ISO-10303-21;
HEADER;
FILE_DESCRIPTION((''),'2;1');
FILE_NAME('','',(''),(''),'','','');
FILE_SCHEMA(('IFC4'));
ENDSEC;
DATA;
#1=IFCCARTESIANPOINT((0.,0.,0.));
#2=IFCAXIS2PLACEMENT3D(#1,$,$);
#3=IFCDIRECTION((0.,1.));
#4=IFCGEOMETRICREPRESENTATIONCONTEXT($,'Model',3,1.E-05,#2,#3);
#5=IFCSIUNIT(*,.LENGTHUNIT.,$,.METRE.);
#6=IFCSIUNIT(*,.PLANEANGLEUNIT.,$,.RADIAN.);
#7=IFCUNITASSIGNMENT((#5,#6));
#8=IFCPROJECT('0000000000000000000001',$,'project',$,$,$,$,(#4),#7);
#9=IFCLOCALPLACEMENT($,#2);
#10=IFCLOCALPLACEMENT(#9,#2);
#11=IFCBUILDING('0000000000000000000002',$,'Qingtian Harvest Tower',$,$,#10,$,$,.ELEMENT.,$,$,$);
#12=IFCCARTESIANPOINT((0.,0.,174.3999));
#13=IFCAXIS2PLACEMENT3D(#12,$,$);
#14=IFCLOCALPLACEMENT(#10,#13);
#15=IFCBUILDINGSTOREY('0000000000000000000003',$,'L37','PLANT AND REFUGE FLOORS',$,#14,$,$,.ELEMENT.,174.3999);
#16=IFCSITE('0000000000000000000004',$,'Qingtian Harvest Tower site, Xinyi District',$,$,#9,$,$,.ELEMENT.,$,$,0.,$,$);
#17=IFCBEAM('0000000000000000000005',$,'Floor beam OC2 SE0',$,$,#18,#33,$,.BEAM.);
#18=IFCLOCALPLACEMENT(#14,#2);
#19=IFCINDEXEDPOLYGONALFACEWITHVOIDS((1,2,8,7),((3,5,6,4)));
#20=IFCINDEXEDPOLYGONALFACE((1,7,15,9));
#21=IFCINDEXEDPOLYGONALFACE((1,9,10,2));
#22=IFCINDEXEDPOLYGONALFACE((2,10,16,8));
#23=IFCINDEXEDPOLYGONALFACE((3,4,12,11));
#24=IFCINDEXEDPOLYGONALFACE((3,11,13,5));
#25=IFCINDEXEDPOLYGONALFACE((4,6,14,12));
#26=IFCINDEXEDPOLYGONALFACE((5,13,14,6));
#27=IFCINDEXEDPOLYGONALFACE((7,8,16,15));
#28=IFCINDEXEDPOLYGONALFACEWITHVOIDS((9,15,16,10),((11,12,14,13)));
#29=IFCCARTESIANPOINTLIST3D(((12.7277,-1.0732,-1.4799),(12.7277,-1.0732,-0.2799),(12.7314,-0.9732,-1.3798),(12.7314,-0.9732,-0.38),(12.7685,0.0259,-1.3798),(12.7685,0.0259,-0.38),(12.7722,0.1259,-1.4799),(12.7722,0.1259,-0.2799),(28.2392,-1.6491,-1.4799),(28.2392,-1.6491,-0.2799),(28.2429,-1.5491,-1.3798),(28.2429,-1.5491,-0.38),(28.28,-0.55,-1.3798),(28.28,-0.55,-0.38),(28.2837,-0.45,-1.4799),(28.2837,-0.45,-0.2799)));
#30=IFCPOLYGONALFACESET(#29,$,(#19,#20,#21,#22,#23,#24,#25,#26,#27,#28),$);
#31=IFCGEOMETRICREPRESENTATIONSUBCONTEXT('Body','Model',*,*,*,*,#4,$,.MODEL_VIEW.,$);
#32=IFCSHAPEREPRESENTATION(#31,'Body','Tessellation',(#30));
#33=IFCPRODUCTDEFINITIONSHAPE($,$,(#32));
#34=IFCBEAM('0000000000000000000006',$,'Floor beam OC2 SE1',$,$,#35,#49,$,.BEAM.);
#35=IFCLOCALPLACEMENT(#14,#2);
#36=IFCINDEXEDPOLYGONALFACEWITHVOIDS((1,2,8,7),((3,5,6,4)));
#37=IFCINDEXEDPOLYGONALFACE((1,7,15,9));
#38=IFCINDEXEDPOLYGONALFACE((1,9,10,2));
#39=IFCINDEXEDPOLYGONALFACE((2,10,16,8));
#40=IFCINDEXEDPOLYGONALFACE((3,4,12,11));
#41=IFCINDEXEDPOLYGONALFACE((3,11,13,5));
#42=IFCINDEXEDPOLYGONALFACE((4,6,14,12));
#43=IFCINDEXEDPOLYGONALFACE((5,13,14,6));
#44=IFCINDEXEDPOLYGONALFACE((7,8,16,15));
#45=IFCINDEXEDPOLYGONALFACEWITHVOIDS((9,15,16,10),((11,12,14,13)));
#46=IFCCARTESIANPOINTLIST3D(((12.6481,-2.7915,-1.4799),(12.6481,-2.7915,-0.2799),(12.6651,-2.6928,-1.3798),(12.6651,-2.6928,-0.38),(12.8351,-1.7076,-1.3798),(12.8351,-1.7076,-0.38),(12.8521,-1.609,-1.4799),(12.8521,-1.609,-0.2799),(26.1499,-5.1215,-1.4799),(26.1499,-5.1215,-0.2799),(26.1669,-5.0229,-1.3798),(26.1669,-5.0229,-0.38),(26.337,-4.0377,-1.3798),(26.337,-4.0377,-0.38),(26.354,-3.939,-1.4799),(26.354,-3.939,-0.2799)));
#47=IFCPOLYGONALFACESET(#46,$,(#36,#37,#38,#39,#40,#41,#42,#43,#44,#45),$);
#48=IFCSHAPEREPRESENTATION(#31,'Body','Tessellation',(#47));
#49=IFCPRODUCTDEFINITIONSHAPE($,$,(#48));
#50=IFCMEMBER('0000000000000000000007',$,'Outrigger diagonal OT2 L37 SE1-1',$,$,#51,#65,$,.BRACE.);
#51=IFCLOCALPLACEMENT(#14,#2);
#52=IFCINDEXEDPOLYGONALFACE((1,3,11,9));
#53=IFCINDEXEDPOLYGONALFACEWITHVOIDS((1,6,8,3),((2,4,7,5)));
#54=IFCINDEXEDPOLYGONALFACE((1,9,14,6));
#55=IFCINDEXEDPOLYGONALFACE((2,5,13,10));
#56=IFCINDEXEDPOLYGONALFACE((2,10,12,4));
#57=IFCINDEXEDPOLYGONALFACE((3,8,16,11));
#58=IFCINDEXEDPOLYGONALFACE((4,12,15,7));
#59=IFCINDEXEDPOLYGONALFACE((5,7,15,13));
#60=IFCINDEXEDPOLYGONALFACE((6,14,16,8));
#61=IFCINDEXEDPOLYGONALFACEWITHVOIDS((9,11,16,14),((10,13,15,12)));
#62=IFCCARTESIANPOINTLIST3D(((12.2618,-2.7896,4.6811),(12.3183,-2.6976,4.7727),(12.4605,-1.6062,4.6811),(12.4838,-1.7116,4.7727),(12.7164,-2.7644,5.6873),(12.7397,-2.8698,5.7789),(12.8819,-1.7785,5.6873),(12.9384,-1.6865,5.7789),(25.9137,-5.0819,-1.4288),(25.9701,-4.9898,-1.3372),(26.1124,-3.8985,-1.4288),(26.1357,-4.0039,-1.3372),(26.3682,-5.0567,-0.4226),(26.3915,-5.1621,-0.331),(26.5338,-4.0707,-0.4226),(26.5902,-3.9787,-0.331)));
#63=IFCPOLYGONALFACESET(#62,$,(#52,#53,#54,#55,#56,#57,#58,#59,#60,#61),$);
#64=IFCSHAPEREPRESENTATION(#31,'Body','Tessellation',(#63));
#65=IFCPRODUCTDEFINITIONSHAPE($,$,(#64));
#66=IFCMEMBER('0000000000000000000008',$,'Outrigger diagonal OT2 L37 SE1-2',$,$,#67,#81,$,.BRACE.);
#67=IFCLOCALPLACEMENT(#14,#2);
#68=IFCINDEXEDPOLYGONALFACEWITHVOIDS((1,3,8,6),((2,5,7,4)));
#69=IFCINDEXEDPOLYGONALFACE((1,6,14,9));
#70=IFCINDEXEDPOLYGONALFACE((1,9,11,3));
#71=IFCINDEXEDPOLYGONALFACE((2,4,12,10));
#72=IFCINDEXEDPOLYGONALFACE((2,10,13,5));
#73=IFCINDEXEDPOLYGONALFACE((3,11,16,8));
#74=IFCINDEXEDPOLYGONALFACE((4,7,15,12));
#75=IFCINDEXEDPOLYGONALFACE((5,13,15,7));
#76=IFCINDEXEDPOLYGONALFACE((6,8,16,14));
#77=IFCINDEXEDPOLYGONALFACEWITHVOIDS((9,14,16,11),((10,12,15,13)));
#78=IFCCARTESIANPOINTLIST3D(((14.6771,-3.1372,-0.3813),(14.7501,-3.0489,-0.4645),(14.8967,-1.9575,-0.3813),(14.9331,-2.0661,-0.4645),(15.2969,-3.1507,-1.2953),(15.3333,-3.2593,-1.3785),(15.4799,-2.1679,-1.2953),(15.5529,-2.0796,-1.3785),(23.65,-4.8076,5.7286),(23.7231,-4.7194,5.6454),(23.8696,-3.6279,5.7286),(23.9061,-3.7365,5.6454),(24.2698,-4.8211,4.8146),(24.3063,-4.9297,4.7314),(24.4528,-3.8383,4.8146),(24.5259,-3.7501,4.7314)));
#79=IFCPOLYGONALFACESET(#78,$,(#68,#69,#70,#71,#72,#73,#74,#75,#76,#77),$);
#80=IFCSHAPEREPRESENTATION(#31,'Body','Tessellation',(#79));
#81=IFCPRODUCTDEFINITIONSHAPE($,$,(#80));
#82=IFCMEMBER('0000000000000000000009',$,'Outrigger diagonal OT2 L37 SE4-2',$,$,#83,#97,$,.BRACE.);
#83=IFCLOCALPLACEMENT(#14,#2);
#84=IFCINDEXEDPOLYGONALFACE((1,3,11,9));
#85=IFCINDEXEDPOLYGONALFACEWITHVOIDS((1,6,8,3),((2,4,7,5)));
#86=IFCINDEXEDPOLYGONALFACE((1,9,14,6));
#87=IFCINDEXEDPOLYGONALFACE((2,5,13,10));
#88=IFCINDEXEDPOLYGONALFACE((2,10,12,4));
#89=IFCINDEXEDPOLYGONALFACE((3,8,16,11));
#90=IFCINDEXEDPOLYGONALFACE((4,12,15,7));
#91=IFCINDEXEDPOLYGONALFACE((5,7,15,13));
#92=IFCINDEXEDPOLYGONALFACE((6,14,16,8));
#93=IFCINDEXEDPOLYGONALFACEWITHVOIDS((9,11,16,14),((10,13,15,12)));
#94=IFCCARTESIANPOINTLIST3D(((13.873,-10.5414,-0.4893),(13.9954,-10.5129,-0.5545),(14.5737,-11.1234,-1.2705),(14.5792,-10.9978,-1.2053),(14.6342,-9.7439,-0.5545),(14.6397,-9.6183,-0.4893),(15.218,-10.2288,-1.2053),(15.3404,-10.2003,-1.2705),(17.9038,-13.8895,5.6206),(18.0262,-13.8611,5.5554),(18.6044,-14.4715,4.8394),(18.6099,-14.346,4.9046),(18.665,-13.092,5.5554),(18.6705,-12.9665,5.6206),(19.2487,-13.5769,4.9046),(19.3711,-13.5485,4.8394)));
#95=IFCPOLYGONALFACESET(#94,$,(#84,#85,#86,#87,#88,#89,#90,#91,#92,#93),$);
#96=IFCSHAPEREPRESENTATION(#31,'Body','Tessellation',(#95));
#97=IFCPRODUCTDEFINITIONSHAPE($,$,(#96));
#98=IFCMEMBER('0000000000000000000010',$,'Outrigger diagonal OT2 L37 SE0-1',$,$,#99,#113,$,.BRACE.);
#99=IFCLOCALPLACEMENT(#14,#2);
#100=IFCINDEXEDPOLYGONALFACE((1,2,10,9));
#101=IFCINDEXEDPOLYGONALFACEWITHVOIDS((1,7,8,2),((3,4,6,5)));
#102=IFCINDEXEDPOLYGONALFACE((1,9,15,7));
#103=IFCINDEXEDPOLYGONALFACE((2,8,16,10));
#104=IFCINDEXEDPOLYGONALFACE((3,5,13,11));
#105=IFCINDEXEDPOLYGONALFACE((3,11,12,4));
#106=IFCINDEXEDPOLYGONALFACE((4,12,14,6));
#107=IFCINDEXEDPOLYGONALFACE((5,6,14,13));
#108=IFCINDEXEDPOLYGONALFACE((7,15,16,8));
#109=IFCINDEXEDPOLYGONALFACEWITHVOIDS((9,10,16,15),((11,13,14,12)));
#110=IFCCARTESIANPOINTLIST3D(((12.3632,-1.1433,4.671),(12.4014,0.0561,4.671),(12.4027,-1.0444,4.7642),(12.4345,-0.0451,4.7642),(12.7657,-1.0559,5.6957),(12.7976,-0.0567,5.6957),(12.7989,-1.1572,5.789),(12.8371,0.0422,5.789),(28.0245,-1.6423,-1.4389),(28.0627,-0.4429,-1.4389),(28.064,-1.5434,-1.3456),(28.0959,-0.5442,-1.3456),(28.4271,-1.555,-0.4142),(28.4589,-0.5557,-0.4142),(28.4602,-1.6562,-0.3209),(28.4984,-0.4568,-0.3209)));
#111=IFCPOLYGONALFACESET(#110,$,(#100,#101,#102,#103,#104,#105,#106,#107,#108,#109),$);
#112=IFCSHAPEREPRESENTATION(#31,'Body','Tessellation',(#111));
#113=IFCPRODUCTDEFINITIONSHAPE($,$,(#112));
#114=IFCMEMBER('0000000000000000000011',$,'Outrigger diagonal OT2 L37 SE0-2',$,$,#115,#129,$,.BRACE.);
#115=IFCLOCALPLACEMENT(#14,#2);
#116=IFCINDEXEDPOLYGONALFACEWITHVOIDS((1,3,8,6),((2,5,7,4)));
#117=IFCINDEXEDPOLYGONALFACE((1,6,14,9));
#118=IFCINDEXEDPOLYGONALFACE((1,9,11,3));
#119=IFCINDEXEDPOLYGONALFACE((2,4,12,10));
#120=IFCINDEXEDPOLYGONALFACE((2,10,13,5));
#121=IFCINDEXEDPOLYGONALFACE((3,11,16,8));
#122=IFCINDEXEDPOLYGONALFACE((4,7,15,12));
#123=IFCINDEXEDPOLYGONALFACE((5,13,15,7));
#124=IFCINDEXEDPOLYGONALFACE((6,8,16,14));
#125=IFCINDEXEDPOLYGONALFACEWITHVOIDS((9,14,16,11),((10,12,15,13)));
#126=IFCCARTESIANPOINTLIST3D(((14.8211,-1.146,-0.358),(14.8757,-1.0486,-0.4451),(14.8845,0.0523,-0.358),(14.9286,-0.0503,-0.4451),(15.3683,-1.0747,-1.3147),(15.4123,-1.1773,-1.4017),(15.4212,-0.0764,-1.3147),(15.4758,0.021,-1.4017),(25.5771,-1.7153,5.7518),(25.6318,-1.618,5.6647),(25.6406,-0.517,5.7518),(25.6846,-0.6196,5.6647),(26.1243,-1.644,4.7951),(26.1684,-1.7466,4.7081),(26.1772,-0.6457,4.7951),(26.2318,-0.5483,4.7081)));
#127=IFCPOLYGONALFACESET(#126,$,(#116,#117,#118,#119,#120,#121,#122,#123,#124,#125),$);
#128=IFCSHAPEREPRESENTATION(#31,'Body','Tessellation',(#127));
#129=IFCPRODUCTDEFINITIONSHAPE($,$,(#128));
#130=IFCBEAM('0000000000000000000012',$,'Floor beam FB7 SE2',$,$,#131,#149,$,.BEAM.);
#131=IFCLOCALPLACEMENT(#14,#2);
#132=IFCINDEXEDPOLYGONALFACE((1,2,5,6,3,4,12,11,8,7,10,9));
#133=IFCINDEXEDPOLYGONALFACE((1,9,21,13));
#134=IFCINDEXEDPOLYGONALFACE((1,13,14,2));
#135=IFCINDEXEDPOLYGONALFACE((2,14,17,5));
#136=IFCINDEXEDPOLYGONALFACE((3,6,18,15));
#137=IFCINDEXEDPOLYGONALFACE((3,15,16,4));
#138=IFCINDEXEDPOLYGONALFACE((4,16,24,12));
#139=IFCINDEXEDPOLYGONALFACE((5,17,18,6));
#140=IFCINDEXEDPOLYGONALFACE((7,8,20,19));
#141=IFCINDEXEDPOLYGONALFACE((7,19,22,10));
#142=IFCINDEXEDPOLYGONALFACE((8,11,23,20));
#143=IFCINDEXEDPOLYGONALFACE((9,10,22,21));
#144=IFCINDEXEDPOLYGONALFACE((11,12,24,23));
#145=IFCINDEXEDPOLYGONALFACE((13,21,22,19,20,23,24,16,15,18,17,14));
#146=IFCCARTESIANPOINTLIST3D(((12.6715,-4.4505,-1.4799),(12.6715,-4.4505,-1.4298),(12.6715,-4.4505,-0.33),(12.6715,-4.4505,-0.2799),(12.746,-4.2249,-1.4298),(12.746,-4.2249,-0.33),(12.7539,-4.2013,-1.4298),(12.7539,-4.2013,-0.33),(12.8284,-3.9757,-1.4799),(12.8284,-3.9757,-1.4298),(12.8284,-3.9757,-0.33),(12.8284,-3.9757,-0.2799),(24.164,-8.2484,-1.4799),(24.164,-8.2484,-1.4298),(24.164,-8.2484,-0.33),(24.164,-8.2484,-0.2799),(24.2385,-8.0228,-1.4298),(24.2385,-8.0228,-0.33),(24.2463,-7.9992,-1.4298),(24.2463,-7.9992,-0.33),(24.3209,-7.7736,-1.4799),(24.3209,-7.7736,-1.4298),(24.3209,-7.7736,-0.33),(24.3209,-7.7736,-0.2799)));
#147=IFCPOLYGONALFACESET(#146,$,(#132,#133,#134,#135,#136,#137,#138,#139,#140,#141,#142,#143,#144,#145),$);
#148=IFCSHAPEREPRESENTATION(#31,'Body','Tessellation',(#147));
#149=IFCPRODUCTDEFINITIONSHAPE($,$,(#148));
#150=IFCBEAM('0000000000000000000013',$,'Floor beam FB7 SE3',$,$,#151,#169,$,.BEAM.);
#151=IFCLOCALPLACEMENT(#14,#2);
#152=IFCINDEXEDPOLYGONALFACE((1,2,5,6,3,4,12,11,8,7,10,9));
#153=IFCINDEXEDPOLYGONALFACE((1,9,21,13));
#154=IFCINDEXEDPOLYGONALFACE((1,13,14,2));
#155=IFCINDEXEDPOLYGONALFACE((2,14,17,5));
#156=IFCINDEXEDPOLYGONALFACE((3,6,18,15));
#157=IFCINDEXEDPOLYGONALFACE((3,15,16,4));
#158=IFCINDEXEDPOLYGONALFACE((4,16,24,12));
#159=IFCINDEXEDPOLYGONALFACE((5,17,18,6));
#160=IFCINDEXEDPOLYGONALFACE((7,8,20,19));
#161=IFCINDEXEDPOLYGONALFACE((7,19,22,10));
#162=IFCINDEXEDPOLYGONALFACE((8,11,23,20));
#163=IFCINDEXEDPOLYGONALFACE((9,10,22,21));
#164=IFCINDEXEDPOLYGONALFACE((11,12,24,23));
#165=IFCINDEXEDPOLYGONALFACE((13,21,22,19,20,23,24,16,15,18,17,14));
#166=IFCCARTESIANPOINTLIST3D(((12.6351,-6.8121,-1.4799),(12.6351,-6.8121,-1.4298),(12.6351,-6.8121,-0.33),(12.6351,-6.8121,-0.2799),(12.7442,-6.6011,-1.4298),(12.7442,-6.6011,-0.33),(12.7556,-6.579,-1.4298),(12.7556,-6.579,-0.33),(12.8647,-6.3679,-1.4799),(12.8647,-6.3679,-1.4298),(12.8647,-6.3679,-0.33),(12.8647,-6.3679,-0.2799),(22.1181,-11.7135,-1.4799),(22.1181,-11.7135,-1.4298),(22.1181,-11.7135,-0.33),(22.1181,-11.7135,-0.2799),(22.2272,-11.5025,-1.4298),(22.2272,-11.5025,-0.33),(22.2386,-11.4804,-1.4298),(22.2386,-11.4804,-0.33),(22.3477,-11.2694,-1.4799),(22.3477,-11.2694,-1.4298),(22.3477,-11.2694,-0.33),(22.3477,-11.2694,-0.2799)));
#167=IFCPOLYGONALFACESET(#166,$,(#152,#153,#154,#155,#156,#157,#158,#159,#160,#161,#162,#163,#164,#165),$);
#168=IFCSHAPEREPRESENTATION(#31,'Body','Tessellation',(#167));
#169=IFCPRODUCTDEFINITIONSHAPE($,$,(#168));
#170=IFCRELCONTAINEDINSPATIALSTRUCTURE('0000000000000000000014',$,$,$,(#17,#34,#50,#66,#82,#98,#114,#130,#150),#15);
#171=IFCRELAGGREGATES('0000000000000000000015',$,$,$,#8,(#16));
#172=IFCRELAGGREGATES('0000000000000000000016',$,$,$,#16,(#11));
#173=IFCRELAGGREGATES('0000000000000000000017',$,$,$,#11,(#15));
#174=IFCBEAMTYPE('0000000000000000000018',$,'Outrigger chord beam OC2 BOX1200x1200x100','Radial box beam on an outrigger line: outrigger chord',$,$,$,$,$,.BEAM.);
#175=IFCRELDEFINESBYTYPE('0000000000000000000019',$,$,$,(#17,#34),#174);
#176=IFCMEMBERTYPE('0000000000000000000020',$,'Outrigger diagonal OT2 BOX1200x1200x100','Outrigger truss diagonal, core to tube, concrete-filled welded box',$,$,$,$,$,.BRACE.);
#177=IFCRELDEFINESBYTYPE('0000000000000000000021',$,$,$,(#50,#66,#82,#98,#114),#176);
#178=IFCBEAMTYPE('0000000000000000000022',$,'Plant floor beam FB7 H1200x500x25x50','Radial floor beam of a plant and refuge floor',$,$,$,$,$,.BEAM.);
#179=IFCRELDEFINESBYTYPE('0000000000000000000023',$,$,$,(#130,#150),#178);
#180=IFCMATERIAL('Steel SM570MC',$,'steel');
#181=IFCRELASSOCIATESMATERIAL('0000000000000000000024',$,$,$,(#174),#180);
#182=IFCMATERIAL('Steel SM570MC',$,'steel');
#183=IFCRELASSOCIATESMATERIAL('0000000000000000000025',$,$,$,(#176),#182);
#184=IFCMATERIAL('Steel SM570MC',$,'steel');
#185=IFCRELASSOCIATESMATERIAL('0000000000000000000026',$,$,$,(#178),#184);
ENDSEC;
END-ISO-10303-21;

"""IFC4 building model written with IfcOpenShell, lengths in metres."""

from ifc_helpers import new_model, si_unit, direction, frame, origin, origin_2d, place, context, subcontext, project, spatial, hollow_rectangle, i_section, extrude, material, material_profile, profile_set, type_object, element, save


model = new_model("IFC4")

# Units and contexts
model_context = context("Model", 3, precision=1e-05, world=origin(), true_north=direction((0.0, 1.0)))
body_context = subcontext(model_context, "Body", "Model", "MODEL_VIEW")
ifc_project = project(units=[si_unit("LENGTHUNIT", "METRE"), si_unit("PLANEANGLEUNIT", "RADIAN")], contexts=[model_context])

# Site, building, storey
site_placement = place(None, origin())
site = spatial("IfcSite", under=ifc_project, at=site_placement, Name="Qingtian Harvest Tower site, Xinyi District", CompositionType="ELEMENT", RefElevation=0.0)
building_placement = place(site_placement, origin())
building = spatial("IfcBuilding", under=site, at=building_placement, Name="Qingtian Harvest Tower", CompositionType="ELEMENT")
storey_placement = place(building_placement, frame((0.0, 0.0, 174.3999)))
storey = spatial("IfcBuildingStorey", under=building, at=storey_placement, Name="L37", Description="PLANT AND REFUGE FLOORS", CompositionType="ELEMENT", Elevation=174.3999)

# Beams
ifc_material_1 = material(Name="Steel SM570MC", Category="steel")
ifc_material_profile_1 = material_profile(ifc_material_1, hollow_rectangle(XDim=1.2, YDim=1.2, WallThickness=0.1001, at=origin_2d()), Name="BOX1200x1200x100")
ifc_profile_set_1 = profile_set([ifc_material_profile_1], Name="Steel SM570MC")
beam_type_1 = type_object("IfcBeamType", Name="Outrigger chord beam OC2 BOX1200x1200x100", Description="Radial box beam on an outrigger line: outrigger chord", PredefinedType="BEAM", material=ifc_profile_set_1)
beam_1_placement = place(storey_placement, frame((28.2615, -1.0496, -0.8799), z_axis=(-0.999311, 0.037104, 0.0), x_axis=(-0.037104, -0.999311, 0.0)))
element("IfcBeam", 1, at=beam_1_placement, inside=storey, type_object=beam_type_1, Name="Floor beam OC2 SE0", PredefinedType="BEAM", context=body_context, shape_type="SweptSolid", body=[
    extrude(hollow_rectangle(XDim=1.2, YDim=1.2, WallThickness=0.1001, at=origin_2d()), origin(), (0.0, 0.0, 1.0), 15.5222),
])
beam_2_placement = place(storey_placement, frame((26.252, -4.5303, -0.8799), z_axis=(-0.985434, 0.17006, 0.0), x_axis=(-0.17006, -0.985434, 0.0)))
element("IfcBeam", 2, at=beam_2_placement, inside=storey, type_object=beam_type_1, Name="Floor beam OC2 SE1", PredefinedType="BEAM", context=body_context, shape_type="SweptSolid", body=[
    extrude(hollow_rectangle(XDim=1.2, YDim=1.2, WallThickness=0.1001, at=origin_2d()), origin(), (0.0, 0.0, 1.0), 13.7014),
])

# Members
ifc_material_2 = material(Name="Steel SM570MC", Category="steel")
ifc_material_profile_2 = material_profile(ifc_material_2, hollow_rectangle(XDim=1.2, YDim=1.2, WallThickness=0.1001, at=origin_2d()), Name="BOX1200x1200x100")
ifc_profile_set_2 = profile_set([ifc_material_profile_2], Name="Steel SM570MC")
member_type_1 = type_object("IfcMemberType", Name="Outrigger diagonal OT2 BOX1200x1200x100", Description="Outrigger truss diagonal, core to tube, concrete-filled welded box", PredefinedType="BRACE", material=ifc_profile_set_2)
member_1_placement = place(storey_placement, frame((26.252, -4.5303, -0.8799), z_axis=(-0.902223, 0.151489, 0.403788), x_axis=(-0.165589, -0.986195, 0.0)))
element("IfcMember", 3, at=member_1_placement, inside=storey, type_object=member_type_1, Name="Outrigger diagonal OT2 L37 SE1-1", PredefinedType="BRACE", context=body_context, shape_type="SweptSolid", body=[
    extrude(hollow_rectangle(XDim=1.2, YDim=1.2, WallThickness=0.1001, at=origin_2d()), origin(), (0.0, 0.0, 1.0), 15.1313),
])
member_2_placement = place(storey_placement, frame((15.115, -2.6084, -0.8799), z_axis=(0.816956, -0.152086, 0.556285), x_axis=(0.183017, 0.98311, 0.0)))
element("IfcMember", 4, at=member_2_placement, inside=storey, type_object=member_type_1, Name="Outrigger diagonal OT2 L37 SE1-2", PredefinedType="BRACE", context=body_context, shape_type="SweptSolid", body=[
    extrude(hollow_rectangle(XDim=1.2, YDim=1.2, WallThickness=0.1001, at=origin_2d()), origin(), (0.0, 0.0, 1.0), 10.9834),
])
member_3_placement = place(storey_placement, frame((14.6067, -10.3708, -0.8799), z_axis=(0.500774, -0.415967, 0.759077), x_axis=(0.638965, 0.769236, 0.0)))
element("IfcMember", 5, at=member_3_placement, inside=storey, type_object=member_type_1, Name="Outrigger diagonal OT2 L37 SE4-2", PredefinedType="BRACE", context=body_context, shape_type="SweptSolid", body=[
    extrude(hollow_rectangle(XDim=1.2, YDim=1.2, WallThickness=0.1001, at=origin_2d()), origin(), (0.0, 0.0, 1.0), 8.0491),
])
member_4_placement = place(storey_placement, frame((28.2615, -1.0496, -0.8799), z_axis=(-0.931206, 0.029671, 0.363285), x_axis=(-0.031847, -0.999493, 0.0)))
element("IfcMember", 6, at=member_4_placement, inside=storey, type_object=member_type_1, Name="Outrigger diagonal OT2 L37 SE0-1", PredefinedType="BRACE", context=body_context, shape_type="SweptSolid", body=[
    extrude(hollow_rectangle(XDim=1.2, YDim=1.2, WallThickness=0.1001, at=origin_2d()), origin(), (0.0, 0.0, 1.0), 16.8184),
])
member_5_placement = place(storey_placement, frame((15.1484, -0.5625, -0.8799), z_axis=(0.868591, -0.045976, 0.493392), x_axis=(0.052857, 0.998602, 0.0)))
element("IfcMember", 7, at=member_5_placement, inside=storey, type_object=member_type_1, Name="Outrigger diagonal OT2 L37 SE0-2", PredefinedType="BRACE", context=body_context, shape_type="SweptSolid", body=[
    extrude(hollow_rectangle(XDim=1.2, YDim=1.2, WallThickness=0.1001, at=origin_2d()), origin(), (0.0, 0.0, 1.0), 12.3833),
])

# Beams
ifc_material_3 = material(Name="Steel SM570MC", Category="steel")
ifc_material_profile_3 = material_profile(ifc_material_3, i_section(OverallWidth=0.5, OverallDepth=1.2, WebThickness=0.0249, FlangeThickness=0.05, at=origin_2d()), Name="H1200x500x25x50")
ifc_profile_set_3 = profile_set([ifc_material_profile_3], Name="Steel SM570MC")
beam_type_2 = type_object("IfcBeamType", Name="Plant floor beam FB7 H1200x500x25x50", Description="Radial floor beam of a plant and refuge floor", PredefinedType="BEAM", material=ifc_profile_set_3)
beam_3_placement = place(storey_placement, frame((24.2424, -8.011, -0.8799), z_axis=(-0.949497, 0.313776, 0.0), x_axis=(-0.313776, -0.949497, 0.0)))
element("IfcBeam", 8, at=beam_3_placement, inside=storey, type_object=beam_type_2, Name="Floor beam FB7 SE2", PredefinedType="BEAM", context=body_context, shape_type="SweptSolid", body=[
    extrude(i_section(OverallWidth=0.5, OverallDepth=1.2, WebThickness=0.0249, FlangeThickness=0.05, at=origin_2d()), origin(), (0.0, 0.0, 1.0), 12.1038),
])
beam_4_placement = place(storey_placement, frame((22.2329, -11.4915, -0.8799), z_axis=(-0.888355, 0.459158, 0.0), x_axis=(-0.459158, -0.888355, 0.0)))
element("IfcBeam", 9, at=beam_4_placement, inside=storey, type_object=beam_type_2, Name="Floor beam FB7 SE3", PredefinedType="BEAM", context=body_context, shape_type="SweptSolid", body=[
    extrude(i_section(OverallWidth=0.5, OverallDepth=1.2, WebThickness=0.0249, FlangeThickness=0.05, at=origin_2d()), origin(), (0.0, 0.0, 1.0), 10.6748),
])

save(model, "model.ifc")
